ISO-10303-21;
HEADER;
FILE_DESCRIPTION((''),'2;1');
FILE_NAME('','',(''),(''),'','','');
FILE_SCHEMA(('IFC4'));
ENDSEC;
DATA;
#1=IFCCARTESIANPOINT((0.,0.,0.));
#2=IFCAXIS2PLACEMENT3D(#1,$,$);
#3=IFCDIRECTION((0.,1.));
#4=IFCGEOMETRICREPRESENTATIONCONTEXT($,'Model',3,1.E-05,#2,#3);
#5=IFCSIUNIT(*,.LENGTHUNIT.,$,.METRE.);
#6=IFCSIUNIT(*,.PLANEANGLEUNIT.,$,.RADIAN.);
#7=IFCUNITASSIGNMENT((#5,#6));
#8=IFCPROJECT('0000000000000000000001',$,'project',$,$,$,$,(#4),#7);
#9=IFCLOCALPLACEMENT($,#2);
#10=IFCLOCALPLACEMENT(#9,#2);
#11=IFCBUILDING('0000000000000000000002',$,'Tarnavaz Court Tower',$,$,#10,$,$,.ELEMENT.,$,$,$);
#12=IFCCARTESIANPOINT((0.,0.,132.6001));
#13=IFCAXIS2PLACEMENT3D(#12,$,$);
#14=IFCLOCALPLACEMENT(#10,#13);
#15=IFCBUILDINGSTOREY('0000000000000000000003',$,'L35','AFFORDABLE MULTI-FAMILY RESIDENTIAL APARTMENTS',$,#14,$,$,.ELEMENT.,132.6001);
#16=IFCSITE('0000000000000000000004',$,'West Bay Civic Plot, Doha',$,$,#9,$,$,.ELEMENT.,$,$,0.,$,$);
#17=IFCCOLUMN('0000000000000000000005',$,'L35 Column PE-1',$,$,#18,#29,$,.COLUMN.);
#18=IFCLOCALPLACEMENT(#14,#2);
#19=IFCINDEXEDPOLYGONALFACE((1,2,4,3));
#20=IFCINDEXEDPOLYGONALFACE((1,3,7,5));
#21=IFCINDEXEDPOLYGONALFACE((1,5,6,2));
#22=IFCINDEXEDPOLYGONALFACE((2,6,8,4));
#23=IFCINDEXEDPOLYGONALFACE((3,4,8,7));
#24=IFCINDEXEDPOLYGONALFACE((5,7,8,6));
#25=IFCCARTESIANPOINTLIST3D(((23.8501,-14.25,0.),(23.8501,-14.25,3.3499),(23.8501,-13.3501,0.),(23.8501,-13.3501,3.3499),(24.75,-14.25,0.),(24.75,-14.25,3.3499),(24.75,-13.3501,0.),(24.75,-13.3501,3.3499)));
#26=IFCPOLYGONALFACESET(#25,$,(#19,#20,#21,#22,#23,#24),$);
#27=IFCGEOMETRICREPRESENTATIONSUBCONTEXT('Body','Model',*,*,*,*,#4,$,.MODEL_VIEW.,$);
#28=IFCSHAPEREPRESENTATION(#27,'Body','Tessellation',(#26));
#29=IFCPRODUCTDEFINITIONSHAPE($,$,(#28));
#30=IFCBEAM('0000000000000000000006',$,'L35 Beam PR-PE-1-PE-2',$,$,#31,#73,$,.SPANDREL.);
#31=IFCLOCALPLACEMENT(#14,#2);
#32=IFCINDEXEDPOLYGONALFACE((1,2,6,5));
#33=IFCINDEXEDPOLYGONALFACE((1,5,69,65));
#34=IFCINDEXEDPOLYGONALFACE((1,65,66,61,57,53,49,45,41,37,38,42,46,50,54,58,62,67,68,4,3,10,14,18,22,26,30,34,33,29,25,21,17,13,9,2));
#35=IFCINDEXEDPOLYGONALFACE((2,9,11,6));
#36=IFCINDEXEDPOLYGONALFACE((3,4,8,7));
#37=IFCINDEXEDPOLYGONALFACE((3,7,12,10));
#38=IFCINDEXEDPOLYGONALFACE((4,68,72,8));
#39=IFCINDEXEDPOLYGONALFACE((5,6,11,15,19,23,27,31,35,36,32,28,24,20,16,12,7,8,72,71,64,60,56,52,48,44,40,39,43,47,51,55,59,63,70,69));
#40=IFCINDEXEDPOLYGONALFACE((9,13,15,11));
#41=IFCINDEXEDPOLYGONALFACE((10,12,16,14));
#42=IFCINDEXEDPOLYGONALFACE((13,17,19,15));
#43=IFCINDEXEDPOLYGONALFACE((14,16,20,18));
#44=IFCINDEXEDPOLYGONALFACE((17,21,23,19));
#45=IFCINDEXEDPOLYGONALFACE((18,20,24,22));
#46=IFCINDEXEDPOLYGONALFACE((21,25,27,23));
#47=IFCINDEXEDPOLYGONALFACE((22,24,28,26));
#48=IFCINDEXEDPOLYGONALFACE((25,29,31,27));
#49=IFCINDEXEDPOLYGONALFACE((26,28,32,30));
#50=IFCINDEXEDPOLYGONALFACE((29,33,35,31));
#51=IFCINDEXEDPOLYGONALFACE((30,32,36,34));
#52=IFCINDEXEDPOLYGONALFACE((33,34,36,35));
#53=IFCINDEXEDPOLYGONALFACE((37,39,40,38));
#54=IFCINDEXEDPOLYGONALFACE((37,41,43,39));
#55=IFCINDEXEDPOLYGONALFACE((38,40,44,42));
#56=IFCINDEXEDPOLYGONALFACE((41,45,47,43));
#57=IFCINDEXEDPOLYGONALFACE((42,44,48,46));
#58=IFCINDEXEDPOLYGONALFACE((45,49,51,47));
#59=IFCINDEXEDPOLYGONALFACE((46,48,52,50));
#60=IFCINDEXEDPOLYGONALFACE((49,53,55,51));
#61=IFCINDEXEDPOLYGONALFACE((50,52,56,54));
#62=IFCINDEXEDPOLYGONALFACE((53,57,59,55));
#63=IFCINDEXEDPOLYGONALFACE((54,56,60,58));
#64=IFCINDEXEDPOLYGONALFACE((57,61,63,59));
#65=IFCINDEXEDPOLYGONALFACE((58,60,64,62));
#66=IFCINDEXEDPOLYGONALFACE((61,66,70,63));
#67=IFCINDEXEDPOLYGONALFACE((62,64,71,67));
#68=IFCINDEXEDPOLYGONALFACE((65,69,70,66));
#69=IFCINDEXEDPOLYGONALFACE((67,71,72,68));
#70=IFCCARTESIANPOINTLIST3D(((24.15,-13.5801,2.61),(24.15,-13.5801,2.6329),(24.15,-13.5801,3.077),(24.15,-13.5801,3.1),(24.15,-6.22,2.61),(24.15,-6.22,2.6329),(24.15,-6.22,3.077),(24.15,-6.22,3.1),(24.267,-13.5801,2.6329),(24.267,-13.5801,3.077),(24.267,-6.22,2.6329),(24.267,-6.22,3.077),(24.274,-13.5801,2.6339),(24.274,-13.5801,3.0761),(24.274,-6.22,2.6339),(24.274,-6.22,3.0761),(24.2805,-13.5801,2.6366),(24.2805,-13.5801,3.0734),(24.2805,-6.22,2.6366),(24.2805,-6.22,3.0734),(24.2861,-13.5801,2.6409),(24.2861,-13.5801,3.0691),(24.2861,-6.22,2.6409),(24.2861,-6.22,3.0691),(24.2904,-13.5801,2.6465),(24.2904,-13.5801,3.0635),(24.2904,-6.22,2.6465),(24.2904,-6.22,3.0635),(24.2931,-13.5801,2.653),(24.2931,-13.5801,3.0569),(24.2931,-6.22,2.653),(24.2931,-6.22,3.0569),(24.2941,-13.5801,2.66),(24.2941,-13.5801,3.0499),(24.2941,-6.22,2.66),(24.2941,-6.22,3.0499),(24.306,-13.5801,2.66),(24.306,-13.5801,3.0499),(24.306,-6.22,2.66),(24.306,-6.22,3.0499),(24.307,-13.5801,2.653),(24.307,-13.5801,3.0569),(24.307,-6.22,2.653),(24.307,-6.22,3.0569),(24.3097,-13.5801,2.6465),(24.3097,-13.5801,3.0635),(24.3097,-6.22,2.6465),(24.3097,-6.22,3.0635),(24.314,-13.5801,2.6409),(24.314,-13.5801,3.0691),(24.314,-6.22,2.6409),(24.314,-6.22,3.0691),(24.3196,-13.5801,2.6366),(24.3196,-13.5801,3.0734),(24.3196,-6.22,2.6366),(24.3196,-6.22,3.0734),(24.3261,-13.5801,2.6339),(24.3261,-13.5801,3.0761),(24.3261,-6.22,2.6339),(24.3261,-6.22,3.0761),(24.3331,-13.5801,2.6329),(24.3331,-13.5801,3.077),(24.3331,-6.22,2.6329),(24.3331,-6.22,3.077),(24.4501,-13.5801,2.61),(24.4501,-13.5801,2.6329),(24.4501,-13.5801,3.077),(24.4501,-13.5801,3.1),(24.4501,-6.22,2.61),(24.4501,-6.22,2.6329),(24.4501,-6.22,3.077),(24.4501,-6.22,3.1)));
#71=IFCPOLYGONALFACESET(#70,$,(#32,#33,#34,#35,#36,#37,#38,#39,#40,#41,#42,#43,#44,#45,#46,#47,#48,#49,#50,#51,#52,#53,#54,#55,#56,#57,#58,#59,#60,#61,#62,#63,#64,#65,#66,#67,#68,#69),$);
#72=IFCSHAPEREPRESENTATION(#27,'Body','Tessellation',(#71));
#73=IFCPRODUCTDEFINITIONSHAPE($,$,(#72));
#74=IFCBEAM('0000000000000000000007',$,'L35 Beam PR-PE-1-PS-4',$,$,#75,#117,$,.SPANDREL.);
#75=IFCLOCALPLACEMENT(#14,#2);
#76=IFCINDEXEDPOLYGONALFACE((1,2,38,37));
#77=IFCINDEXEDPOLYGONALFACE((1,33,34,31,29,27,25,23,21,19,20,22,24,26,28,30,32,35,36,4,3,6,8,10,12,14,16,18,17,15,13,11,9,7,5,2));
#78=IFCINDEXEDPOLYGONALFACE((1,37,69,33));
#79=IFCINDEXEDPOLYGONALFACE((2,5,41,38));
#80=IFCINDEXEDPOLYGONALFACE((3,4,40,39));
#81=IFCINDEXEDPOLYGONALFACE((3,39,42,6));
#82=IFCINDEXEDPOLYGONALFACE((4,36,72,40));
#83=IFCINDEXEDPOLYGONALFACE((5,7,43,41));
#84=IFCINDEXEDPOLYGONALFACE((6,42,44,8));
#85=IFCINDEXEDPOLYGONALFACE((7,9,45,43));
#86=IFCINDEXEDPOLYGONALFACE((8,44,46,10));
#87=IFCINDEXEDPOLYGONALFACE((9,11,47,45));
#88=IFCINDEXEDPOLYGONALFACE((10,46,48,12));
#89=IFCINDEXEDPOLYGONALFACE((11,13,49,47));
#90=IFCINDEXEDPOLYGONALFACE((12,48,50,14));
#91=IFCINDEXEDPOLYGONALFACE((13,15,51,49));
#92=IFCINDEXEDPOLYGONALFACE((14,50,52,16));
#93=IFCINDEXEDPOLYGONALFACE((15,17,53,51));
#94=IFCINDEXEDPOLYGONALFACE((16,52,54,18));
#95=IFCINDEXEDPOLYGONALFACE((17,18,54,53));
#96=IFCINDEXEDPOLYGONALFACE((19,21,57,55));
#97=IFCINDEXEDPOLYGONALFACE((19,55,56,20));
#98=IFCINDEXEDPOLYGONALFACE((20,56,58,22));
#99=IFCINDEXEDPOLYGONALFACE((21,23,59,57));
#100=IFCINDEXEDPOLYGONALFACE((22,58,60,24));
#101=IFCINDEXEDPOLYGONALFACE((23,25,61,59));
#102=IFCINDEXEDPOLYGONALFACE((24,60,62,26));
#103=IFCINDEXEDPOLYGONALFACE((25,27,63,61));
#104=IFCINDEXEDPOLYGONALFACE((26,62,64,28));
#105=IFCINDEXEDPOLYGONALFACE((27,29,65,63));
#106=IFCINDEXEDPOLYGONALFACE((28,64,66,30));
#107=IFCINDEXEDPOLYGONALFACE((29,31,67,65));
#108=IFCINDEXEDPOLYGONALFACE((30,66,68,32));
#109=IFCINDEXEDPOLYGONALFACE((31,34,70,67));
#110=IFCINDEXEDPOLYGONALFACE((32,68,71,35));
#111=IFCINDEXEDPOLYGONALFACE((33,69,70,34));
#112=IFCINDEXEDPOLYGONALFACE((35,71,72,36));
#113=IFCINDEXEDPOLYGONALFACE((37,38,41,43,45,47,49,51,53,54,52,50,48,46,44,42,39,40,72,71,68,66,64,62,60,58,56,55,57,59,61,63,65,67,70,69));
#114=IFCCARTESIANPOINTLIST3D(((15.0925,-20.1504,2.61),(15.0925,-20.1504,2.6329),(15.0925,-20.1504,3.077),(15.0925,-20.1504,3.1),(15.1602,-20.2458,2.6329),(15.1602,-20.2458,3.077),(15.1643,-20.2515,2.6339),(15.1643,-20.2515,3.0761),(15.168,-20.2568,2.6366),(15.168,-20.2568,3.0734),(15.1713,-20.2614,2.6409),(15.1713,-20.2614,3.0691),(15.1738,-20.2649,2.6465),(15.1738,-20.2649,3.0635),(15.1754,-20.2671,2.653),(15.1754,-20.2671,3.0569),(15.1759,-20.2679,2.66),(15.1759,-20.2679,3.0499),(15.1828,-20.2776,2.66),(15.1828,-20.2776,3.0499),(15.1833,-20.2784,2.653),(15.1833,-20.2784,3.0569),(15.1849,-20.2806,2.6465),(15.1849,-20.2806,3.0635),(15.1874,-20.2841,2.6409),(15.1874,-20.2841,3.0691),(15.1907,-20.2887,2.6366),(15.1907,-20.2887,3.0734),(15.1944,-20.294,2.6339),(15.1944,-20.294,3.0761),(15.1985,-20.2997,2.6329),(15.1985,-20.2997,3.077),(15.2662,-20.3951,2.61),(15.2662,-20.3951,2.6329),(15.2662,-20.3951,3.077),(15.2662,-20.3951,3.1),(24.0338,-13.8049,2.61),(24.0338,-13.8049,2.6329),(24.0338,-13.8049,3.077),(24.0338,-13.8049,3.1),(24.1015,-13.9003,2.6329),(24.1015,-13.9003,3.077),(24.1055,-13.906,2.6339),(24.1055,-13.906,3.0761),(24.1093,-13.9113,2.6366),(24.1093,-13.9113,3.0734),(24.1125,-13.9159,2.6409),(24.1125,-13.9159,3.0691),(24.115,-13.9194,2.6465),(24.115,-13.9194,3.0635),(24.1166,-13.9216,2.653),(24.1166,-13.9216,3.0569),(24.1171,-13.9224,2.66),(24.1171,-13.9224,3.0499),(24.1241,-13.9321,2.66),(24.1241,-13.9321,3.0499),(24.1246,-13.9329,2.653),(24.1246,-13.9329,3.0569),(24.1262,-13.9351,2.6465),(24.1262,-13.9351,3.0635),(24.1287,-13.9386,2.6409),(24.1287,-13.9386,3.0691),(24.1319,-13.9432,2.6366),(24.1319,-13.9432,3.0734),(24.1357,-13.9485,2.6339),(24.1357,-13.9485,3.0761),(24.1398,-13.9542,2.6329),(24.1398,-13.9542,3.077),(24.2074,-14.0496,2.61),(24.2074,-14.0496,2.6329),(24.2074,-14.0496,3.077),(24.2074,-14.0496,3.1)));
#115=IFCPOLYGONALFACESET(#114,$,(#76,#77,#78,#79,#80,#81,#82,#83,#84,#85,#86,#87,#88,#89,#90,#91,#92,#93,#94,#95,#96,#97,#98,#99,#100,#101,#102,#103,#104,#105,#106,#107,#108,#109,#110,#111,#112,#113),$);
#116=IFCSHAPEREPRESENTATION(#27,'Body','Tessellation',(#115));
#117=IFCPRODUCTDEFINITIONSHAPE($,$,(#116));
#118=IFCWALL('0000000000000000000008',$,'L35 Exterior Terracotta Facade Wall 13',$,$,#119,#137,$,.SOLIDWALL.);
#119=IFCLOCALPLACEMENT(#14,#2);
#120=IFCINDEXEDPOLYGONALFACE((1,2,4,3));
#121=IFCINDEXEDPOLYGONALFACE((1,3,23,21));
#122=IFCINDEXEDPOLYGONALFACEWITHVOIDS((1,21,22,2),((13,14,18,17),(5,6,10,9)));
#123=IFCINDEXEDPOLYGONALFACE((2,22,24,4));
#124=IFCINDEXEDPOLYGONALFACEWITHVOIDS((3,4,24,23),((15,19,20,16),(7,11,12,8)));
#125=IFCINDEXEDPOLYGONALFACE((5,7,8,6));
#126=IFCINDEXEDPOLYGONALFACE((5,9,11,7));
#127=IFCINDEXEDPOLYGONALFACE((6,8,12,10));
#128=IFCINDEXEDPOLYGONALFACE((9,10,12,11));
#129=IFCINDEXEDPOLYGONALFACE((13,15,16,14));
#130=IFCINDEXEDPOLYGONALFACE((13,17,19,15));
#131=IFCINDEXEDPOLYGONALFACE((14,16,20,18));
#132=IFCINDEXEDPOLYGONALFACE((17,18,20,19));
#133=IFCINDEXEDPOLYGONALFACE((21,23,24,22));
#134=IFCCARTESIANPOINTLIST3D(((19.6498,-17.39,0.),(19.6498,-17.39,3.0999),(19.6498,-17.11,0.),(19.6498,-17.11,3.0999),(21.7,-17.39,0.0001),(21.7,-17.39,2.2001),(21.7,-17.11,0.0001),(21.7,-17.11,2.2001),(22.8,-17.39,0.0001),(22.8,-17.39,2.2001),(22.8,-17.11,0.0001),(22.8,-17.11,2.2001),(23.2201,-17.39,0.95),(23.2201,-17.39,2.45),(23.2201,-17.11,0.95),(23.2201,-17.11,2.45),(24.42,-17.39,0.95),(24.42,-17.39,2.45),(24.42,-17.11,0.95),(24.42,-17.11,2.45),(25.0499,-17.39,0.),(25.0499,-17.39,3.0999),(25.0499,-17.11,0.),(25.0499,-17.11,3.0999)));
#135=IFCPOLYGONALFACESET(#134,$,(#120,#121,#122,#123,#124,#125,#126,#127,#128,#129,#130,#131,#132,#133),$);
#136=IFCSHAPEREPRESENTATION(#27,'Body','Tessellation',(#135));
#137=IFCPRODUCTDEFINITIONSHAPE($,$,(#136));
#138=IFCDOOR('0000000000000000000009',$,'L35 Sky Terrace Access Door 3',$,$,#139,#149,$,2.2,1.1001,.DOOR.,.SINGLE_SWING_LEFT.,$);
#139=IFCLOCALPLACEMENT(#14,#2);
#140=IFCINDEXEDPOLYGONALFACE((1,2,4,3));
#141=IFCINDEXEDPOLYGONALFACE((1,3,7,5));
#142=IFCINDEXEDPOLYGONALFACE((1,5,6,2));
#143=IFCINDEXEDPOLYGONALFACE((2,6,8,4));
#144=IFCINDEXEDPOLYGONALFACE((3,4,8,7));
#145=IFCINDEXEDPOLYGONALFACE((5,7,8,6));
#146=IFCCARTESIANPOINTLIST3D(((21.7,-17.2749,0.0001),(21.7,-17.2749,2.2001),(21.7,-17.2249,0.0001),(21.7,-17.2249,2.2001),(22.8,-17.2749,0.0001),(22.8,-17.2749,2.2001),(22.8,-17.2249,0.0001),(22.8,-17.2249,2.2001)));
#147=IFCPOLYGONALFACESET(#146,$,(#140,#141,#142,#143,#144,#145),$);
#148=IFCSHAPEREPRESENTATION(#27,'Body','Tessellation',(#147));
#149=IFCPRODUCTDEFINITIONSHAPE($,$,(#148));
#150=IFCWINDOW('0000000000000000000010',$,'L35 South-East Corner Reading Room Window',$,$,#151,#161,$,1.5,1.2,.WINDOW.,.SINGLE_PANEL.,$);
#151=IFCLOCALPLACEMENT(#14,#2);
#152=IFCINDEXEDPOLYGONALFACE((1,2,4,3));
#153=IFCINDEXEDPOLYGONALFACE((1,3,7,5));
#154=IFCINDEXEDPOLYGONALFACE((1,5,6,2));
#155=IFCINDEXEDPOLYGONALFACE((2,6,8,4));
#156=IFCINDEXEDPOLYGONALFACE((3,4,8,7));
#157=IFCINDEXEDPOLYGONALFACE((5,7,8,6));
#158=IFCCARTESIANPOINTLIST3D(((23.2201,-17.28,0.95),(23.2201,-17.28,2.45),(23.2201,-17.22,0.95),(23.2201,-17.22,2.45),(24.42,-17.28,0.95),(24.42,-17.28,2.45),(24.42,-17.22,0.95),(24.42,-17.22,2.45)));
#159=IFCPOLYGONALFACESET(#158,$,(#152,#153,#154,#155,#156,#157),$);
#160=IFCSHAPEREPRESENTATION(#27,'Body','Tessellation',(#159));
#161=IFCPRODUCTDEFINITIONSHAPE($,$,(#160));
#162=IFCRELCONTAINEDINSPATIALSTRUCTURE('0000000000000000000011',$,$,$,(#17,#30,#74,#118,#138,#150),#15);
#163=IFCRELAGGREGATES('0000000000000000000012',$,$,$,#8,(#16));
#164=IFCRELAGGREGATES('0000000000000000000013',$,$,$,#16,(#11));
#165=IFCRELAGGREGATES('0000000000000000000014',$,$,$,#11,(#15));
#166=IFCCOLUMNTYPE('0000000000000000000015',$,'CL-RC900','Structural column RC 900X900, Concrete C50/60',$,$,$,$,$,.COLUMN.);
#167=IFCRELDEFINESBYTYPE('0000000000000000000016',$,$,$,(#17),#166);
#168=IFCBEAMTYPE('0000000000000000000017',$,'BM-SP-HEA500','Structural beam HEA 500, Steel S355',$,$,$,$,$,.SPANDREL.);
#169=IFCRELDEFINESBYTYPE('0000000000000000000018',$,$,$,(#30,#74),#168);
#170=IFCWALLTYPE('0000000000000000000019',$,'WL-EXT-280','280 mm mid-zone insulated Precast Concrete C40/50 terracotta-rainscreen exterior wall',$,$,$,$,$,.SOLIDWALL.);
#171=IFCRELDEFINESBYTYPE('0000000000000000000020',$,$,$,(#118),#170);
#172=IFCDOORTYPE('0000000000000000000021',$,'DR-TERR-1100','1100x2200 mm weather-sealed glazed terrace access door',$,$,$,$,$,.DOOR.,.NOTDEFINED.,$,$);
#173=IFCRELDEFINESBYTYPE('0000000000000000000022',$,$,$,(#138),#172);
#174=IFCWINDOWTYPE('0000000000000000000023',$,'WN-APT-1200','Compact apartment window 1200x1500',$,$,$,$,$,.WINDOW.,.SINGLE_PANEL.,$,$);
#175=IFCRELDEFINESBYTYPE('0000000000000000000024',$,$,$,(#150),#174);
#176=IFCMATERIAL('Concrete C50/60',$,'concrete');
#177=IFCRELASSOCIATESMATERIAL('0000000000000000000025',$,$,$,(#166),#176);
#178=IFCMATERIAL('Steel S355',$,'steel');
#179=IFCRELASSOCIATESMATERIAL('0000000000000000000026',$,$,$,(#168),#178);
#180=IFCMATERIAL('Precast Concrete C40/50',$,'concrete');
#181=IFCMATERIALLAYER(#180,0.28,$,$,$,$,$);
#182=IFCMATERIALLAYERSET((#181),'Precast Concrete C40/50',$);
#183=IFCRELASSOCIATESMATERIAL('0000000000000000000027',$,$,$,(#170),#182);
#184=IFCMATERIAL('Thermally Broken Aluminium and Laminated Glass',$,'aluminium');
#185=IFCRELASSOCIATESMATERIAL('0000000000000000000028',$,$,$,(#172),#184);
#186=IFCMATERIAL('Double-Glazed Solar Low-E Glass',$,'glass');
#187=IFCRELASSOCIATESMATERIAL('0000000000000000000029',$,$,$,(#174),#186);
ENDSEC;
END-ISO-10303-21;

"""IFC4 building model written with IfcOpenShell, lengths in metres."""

from ifc_helpers import new_model, si_unit, direction, frame, frame_2d, origin, origin_2d, place, context, subcontext, project, spatial, rectangle, i_section, extrude, material, layer, layer_set, material_profile, profile_set, type_object, element, fill, save


model = new_model("IFC4")

# Units and contexts
model_context = context("Model", 3, precision=1e-05, world=origin(), true_north=direction((0.0, 1.0)))
body_context = subcontext(model_context, "Body", "Model", "MODEL_VIEW")
ifc_project = project(units=[si_unit("LENGTHUNIT", "METRE"), si_unit("PLANEANGLEUNIT", "RADIAN")], contexts=[model_context])

# Site, building, storey
site_placement = place(None, origin())
site = spatial("IfcSite", under=ifc_project, at=site_placement, Name="West Bay Civic Plot, Doha", CompositionType="ELEMENT", RefElevation=0.0)
building_placement = place(site_placement, origin())
building = spatial("IfcBuilding", under=site, at=building_placement, Name="Tarnavaz Court Tower", CompositionType="ELEMENT")
storey_placement = place(building_placement, frame((0.0, 0.0, 132.6001)))
storey = spatial("IfcBuildingStorey", under=building, at=storey_placement, Name="L35", Description="AFFORDABLE MULTI-FAMILY RESIDENTIAL APARTMENTS", CompositionType="ELEMENT", Elevation=132.6001)

# Column
ifc_material_1 = material(Name="Concrete C50/60", Category="concrete")
ifc_material_profile_1 = material_profile(ifc_material_1, rectangle(XDim=0.8999, YDim=0.8999, at=origin_2d()), Name="RC 900X900")
ifc_profile_set_1 = profile_set([ifc_material_profile_1], Name="Concrete C50/60")
column_type = type_object("IfcColumnType", Name="CL-RC900", Description="Structural column RC 900X900, Concrete C50/60", PredefinedType="COLUMN", material=ifc_profile_set_1)
column_placement = place(storey_placement, frame((24.3, -13.8, 0.0), z_axis=(0.0, 0.0, 1.0), x_axis=(1.0, 0.0, 0.0)))
element("IfcColumn", 1, at=column_placement, inside=storey, type_object=column_type, Name="L35 Column PE-1", PredefinedType="COLUMN", context=body_context, shape_type="SweptSolid", body=[
    extrude(rectangle(XDim=0.8999, YDim=0.8999, at=origin_2d()), origin(), (0.0, 0.0, 1.0), 3.3499),
])

# Beams
ifc_material_2 = material(Name="Steel S355", Category="steel")
ifc_material_profile_2 = material_profile(ifc_material_2, i_section(OverallWidth=0.3, OverallDepth=0.49, WebThickness=0.012, FlangeThickness=0.0229, FilletRadius=0.0271, at=origin_2d()), Name="HEA 500")
ifc_profile_set_2 = profile_set([ifc_material_profile_2], Name="Steel S355")
beam_type = type_object("IfcBeamType", Name="BM-SP-HEA500", Description="Structural beam HEA 500, Steel S355", PredefinedType="SPANDREL", material=ifc_profile_set_2)
beam_1_placement = place(storey_placement, frame((24.3, -13.5801, 2.855), z_axis=(0.0, 1.0, 0.0), x_axis=(-1.0, 0.0, 0.0)))
element("IfcBeam", 2, at=beam_1_placement, inside=storey, type_object=beam_type, Name="L35 Beam PR-PE-1-PE-2", PredefinedType="SPANDREL", context=body_context, shape_type="SweptSolid", body=[
    extrude(i_section(OverallWidth=0.3, OverallDepth=0.49, WebThickness=0.012, FlangeThickness=0.0229, FilletRadius=0.0271, at=origin_2d()), origin(), (0.0, 0.0, 1.0), 7.3601),
])
beam_2_placement = place(storey_placement, frame((24.1206, -13.9272, 2.855), z_axis=(-0.815502, -0.578754, 0.0), x_axis=(0.578754, -0.815502, 0.0)))
element("IfcBeam", 3, at=beam_2_placement, inside=storey, type_object=beam_type, Name="L35 Beam PR-PE-1-PS-4", PredefinedType="SPANDREL", context=body_context, shape_type="SweptSolid", body=[
    extrude(i_section(OverallWidth=0.3, OverallDepth=0.49, WebThickness=0.012, FlangeThickness=0.0229, FilletRadius=0.0271, at=origin_2d()), origin(), (0.0, 0.0, 1.0), 10.9641),
])

# Wall, openings, door, window
ifc_material_3 = material(Name="Precast Concrete C40/50", Category="concrete")
ifc_layer_1 = layer(ifc_material_3, 0.28)
ifc_layer_set_1 = layer_set([ifc_layer_1], Name="Precast Concrete C40/50")
wall_type_1 = type_object("IfcWallType", Name="WL-EXT-280", Description="280 mm mid-zone insulated Precast Concrete C40/50 terracotta-rainscreen exterior wall", PredefinedType="SOLIDWALL", material=ifc_layer_set_1)
wall_1_placement = place(storey_placement, frame((25.05, -17.25, 0.0), z_axis=(0.0, 0.0, 1.0), x_axis=(-1.0, 0.0, 0.0)))
wall_1 = element("IfcWall", 4, at=wall_1_placement, inside=storey, type_object=wall_type_1, Name="L35 Exterior Terracotta Facade Wall 13", PredefinedType="SOLIDWALL", context=body_context, shape_type="SweptSolid", body=[
    extrude(rectangle(XDim=5.4001, YDim=0.28, at=frame_2d((2.7002, 0.0))), origin(), (0.0, 0.0, 1.0), 3.0999),
])
opening_1_placement = place(wall_1_placement, frame((2.25, 0.0, 0.0)))
opening_1 = element("IfcOpeningElement", 5, at=opening_1_placement, cuts=wall_1, PredefinedType="OPENING", context=body_context, shape_type="SweptSolid", body=[
    extrude(rectangle(XDim=1.1001, YDim=2.2, at=frame_2d((0.55, 1.1001))), frame((0.0, 0.1499, 0.0), z_axis=(0.0, -1.0, 0.0), x_axis=(1.0, 0.0, 0.0)), (0.0, 0.0, 1.0), 0.3),
])
opening_2_placement = place(wall_1_placement, frame((0.6299, 0.0, 0.95)))
opening_2 = element("IfcOpeningElement", 6, at=opening_2_placement, cuts=wall_1, PredefinedType="OPENING", context=body_context, shape_type="SweptSolid", body=[
    extrude(rectangle(XDim=1.2, YDim=1.5, at=frame_2d((0.6001, 0.75))), frame((0.0, 0.1499, 0.0), z_axis=(0.0, -1.0, 0.0), x_axis=(1.0, 0.0, 0.0)), (0.0, 0.0, 1.0), 0.3),
])
ifc_material_4 = material(Name="Thermally Broken Aluminium and Laminated Glass", Category="aluminium")
door_type_1 = type_object("IfcDoorType", Name="DR-TERR-1100", Description="1100x2200 mm weather-sealed glazed terrace access door", OperationType="NOTDEFINED", PredefinedType="DOOR", material=ifc_material_4)
door_1_placement = place(opening_1_placement, origin())
door_1 = element("IfcDoor", 7, at=door_1_placement, inside=storey, type_object=door_type_1, Name="L35 Sky Terrace Access Door 3", OperationType="SINGLE_SWING_LEFT", OverallHeight=2.2, OverallWidth=1.1001, PredefinedType="DOOR", context=body_context, shape_type="SweptSolid", body=[
    extrude(rectangle(XDim=1.1001, YDim=2.2, at=frame_2d((0.55, 1.1001))), frame((0.0, 0.0249, 0.0), z_axis=(0.0, -1.0, 0.0), x_axis=(1.0, 0.0, 0.0)), (0.0, 0.0, 1.0), 0.05),
])
fill(opening_1, door_1)
ifc_material_5 = material(Name="Double-Glazed Solar Low-E Glass", Category="glass")
window_type_1 = type_object("IfcWindowType", Name="WN-APT-1200", Description="Compact apartment window 1200x1500", PartitioningType="SINGLE_PANEL", PredefinedType="WINDOW", material=ifc_material_5)
window_1_placement = place(opening_2_placement, origin())
window_1 = element("IfcWindow", 8, at=window_1_placement, inside=storey, type_object=window_type_1, Name="L35 South-East Corner Reading Room Window", OverallHeight=1.5, OverallWidth=1.2, PartitioningType="SINGLE_PANEL", PredefinedType="WINDOW", context=body_context, shape_type="SweptSolid", body=[
    extrude(rectangle(XDim=1.2, YDim=1.5, at=frame_2d((0.6001, 0.75))), frame((0.0, 0.03, 0.0), z_axis=(0.0, -1.0, 0.0), x_axis=(1.0, 0.0, 0.0)), (0.0, 0.0, 1.0), 0.0601),
])
fill(opening_2, window_1)

save(model, "model.ifc")
